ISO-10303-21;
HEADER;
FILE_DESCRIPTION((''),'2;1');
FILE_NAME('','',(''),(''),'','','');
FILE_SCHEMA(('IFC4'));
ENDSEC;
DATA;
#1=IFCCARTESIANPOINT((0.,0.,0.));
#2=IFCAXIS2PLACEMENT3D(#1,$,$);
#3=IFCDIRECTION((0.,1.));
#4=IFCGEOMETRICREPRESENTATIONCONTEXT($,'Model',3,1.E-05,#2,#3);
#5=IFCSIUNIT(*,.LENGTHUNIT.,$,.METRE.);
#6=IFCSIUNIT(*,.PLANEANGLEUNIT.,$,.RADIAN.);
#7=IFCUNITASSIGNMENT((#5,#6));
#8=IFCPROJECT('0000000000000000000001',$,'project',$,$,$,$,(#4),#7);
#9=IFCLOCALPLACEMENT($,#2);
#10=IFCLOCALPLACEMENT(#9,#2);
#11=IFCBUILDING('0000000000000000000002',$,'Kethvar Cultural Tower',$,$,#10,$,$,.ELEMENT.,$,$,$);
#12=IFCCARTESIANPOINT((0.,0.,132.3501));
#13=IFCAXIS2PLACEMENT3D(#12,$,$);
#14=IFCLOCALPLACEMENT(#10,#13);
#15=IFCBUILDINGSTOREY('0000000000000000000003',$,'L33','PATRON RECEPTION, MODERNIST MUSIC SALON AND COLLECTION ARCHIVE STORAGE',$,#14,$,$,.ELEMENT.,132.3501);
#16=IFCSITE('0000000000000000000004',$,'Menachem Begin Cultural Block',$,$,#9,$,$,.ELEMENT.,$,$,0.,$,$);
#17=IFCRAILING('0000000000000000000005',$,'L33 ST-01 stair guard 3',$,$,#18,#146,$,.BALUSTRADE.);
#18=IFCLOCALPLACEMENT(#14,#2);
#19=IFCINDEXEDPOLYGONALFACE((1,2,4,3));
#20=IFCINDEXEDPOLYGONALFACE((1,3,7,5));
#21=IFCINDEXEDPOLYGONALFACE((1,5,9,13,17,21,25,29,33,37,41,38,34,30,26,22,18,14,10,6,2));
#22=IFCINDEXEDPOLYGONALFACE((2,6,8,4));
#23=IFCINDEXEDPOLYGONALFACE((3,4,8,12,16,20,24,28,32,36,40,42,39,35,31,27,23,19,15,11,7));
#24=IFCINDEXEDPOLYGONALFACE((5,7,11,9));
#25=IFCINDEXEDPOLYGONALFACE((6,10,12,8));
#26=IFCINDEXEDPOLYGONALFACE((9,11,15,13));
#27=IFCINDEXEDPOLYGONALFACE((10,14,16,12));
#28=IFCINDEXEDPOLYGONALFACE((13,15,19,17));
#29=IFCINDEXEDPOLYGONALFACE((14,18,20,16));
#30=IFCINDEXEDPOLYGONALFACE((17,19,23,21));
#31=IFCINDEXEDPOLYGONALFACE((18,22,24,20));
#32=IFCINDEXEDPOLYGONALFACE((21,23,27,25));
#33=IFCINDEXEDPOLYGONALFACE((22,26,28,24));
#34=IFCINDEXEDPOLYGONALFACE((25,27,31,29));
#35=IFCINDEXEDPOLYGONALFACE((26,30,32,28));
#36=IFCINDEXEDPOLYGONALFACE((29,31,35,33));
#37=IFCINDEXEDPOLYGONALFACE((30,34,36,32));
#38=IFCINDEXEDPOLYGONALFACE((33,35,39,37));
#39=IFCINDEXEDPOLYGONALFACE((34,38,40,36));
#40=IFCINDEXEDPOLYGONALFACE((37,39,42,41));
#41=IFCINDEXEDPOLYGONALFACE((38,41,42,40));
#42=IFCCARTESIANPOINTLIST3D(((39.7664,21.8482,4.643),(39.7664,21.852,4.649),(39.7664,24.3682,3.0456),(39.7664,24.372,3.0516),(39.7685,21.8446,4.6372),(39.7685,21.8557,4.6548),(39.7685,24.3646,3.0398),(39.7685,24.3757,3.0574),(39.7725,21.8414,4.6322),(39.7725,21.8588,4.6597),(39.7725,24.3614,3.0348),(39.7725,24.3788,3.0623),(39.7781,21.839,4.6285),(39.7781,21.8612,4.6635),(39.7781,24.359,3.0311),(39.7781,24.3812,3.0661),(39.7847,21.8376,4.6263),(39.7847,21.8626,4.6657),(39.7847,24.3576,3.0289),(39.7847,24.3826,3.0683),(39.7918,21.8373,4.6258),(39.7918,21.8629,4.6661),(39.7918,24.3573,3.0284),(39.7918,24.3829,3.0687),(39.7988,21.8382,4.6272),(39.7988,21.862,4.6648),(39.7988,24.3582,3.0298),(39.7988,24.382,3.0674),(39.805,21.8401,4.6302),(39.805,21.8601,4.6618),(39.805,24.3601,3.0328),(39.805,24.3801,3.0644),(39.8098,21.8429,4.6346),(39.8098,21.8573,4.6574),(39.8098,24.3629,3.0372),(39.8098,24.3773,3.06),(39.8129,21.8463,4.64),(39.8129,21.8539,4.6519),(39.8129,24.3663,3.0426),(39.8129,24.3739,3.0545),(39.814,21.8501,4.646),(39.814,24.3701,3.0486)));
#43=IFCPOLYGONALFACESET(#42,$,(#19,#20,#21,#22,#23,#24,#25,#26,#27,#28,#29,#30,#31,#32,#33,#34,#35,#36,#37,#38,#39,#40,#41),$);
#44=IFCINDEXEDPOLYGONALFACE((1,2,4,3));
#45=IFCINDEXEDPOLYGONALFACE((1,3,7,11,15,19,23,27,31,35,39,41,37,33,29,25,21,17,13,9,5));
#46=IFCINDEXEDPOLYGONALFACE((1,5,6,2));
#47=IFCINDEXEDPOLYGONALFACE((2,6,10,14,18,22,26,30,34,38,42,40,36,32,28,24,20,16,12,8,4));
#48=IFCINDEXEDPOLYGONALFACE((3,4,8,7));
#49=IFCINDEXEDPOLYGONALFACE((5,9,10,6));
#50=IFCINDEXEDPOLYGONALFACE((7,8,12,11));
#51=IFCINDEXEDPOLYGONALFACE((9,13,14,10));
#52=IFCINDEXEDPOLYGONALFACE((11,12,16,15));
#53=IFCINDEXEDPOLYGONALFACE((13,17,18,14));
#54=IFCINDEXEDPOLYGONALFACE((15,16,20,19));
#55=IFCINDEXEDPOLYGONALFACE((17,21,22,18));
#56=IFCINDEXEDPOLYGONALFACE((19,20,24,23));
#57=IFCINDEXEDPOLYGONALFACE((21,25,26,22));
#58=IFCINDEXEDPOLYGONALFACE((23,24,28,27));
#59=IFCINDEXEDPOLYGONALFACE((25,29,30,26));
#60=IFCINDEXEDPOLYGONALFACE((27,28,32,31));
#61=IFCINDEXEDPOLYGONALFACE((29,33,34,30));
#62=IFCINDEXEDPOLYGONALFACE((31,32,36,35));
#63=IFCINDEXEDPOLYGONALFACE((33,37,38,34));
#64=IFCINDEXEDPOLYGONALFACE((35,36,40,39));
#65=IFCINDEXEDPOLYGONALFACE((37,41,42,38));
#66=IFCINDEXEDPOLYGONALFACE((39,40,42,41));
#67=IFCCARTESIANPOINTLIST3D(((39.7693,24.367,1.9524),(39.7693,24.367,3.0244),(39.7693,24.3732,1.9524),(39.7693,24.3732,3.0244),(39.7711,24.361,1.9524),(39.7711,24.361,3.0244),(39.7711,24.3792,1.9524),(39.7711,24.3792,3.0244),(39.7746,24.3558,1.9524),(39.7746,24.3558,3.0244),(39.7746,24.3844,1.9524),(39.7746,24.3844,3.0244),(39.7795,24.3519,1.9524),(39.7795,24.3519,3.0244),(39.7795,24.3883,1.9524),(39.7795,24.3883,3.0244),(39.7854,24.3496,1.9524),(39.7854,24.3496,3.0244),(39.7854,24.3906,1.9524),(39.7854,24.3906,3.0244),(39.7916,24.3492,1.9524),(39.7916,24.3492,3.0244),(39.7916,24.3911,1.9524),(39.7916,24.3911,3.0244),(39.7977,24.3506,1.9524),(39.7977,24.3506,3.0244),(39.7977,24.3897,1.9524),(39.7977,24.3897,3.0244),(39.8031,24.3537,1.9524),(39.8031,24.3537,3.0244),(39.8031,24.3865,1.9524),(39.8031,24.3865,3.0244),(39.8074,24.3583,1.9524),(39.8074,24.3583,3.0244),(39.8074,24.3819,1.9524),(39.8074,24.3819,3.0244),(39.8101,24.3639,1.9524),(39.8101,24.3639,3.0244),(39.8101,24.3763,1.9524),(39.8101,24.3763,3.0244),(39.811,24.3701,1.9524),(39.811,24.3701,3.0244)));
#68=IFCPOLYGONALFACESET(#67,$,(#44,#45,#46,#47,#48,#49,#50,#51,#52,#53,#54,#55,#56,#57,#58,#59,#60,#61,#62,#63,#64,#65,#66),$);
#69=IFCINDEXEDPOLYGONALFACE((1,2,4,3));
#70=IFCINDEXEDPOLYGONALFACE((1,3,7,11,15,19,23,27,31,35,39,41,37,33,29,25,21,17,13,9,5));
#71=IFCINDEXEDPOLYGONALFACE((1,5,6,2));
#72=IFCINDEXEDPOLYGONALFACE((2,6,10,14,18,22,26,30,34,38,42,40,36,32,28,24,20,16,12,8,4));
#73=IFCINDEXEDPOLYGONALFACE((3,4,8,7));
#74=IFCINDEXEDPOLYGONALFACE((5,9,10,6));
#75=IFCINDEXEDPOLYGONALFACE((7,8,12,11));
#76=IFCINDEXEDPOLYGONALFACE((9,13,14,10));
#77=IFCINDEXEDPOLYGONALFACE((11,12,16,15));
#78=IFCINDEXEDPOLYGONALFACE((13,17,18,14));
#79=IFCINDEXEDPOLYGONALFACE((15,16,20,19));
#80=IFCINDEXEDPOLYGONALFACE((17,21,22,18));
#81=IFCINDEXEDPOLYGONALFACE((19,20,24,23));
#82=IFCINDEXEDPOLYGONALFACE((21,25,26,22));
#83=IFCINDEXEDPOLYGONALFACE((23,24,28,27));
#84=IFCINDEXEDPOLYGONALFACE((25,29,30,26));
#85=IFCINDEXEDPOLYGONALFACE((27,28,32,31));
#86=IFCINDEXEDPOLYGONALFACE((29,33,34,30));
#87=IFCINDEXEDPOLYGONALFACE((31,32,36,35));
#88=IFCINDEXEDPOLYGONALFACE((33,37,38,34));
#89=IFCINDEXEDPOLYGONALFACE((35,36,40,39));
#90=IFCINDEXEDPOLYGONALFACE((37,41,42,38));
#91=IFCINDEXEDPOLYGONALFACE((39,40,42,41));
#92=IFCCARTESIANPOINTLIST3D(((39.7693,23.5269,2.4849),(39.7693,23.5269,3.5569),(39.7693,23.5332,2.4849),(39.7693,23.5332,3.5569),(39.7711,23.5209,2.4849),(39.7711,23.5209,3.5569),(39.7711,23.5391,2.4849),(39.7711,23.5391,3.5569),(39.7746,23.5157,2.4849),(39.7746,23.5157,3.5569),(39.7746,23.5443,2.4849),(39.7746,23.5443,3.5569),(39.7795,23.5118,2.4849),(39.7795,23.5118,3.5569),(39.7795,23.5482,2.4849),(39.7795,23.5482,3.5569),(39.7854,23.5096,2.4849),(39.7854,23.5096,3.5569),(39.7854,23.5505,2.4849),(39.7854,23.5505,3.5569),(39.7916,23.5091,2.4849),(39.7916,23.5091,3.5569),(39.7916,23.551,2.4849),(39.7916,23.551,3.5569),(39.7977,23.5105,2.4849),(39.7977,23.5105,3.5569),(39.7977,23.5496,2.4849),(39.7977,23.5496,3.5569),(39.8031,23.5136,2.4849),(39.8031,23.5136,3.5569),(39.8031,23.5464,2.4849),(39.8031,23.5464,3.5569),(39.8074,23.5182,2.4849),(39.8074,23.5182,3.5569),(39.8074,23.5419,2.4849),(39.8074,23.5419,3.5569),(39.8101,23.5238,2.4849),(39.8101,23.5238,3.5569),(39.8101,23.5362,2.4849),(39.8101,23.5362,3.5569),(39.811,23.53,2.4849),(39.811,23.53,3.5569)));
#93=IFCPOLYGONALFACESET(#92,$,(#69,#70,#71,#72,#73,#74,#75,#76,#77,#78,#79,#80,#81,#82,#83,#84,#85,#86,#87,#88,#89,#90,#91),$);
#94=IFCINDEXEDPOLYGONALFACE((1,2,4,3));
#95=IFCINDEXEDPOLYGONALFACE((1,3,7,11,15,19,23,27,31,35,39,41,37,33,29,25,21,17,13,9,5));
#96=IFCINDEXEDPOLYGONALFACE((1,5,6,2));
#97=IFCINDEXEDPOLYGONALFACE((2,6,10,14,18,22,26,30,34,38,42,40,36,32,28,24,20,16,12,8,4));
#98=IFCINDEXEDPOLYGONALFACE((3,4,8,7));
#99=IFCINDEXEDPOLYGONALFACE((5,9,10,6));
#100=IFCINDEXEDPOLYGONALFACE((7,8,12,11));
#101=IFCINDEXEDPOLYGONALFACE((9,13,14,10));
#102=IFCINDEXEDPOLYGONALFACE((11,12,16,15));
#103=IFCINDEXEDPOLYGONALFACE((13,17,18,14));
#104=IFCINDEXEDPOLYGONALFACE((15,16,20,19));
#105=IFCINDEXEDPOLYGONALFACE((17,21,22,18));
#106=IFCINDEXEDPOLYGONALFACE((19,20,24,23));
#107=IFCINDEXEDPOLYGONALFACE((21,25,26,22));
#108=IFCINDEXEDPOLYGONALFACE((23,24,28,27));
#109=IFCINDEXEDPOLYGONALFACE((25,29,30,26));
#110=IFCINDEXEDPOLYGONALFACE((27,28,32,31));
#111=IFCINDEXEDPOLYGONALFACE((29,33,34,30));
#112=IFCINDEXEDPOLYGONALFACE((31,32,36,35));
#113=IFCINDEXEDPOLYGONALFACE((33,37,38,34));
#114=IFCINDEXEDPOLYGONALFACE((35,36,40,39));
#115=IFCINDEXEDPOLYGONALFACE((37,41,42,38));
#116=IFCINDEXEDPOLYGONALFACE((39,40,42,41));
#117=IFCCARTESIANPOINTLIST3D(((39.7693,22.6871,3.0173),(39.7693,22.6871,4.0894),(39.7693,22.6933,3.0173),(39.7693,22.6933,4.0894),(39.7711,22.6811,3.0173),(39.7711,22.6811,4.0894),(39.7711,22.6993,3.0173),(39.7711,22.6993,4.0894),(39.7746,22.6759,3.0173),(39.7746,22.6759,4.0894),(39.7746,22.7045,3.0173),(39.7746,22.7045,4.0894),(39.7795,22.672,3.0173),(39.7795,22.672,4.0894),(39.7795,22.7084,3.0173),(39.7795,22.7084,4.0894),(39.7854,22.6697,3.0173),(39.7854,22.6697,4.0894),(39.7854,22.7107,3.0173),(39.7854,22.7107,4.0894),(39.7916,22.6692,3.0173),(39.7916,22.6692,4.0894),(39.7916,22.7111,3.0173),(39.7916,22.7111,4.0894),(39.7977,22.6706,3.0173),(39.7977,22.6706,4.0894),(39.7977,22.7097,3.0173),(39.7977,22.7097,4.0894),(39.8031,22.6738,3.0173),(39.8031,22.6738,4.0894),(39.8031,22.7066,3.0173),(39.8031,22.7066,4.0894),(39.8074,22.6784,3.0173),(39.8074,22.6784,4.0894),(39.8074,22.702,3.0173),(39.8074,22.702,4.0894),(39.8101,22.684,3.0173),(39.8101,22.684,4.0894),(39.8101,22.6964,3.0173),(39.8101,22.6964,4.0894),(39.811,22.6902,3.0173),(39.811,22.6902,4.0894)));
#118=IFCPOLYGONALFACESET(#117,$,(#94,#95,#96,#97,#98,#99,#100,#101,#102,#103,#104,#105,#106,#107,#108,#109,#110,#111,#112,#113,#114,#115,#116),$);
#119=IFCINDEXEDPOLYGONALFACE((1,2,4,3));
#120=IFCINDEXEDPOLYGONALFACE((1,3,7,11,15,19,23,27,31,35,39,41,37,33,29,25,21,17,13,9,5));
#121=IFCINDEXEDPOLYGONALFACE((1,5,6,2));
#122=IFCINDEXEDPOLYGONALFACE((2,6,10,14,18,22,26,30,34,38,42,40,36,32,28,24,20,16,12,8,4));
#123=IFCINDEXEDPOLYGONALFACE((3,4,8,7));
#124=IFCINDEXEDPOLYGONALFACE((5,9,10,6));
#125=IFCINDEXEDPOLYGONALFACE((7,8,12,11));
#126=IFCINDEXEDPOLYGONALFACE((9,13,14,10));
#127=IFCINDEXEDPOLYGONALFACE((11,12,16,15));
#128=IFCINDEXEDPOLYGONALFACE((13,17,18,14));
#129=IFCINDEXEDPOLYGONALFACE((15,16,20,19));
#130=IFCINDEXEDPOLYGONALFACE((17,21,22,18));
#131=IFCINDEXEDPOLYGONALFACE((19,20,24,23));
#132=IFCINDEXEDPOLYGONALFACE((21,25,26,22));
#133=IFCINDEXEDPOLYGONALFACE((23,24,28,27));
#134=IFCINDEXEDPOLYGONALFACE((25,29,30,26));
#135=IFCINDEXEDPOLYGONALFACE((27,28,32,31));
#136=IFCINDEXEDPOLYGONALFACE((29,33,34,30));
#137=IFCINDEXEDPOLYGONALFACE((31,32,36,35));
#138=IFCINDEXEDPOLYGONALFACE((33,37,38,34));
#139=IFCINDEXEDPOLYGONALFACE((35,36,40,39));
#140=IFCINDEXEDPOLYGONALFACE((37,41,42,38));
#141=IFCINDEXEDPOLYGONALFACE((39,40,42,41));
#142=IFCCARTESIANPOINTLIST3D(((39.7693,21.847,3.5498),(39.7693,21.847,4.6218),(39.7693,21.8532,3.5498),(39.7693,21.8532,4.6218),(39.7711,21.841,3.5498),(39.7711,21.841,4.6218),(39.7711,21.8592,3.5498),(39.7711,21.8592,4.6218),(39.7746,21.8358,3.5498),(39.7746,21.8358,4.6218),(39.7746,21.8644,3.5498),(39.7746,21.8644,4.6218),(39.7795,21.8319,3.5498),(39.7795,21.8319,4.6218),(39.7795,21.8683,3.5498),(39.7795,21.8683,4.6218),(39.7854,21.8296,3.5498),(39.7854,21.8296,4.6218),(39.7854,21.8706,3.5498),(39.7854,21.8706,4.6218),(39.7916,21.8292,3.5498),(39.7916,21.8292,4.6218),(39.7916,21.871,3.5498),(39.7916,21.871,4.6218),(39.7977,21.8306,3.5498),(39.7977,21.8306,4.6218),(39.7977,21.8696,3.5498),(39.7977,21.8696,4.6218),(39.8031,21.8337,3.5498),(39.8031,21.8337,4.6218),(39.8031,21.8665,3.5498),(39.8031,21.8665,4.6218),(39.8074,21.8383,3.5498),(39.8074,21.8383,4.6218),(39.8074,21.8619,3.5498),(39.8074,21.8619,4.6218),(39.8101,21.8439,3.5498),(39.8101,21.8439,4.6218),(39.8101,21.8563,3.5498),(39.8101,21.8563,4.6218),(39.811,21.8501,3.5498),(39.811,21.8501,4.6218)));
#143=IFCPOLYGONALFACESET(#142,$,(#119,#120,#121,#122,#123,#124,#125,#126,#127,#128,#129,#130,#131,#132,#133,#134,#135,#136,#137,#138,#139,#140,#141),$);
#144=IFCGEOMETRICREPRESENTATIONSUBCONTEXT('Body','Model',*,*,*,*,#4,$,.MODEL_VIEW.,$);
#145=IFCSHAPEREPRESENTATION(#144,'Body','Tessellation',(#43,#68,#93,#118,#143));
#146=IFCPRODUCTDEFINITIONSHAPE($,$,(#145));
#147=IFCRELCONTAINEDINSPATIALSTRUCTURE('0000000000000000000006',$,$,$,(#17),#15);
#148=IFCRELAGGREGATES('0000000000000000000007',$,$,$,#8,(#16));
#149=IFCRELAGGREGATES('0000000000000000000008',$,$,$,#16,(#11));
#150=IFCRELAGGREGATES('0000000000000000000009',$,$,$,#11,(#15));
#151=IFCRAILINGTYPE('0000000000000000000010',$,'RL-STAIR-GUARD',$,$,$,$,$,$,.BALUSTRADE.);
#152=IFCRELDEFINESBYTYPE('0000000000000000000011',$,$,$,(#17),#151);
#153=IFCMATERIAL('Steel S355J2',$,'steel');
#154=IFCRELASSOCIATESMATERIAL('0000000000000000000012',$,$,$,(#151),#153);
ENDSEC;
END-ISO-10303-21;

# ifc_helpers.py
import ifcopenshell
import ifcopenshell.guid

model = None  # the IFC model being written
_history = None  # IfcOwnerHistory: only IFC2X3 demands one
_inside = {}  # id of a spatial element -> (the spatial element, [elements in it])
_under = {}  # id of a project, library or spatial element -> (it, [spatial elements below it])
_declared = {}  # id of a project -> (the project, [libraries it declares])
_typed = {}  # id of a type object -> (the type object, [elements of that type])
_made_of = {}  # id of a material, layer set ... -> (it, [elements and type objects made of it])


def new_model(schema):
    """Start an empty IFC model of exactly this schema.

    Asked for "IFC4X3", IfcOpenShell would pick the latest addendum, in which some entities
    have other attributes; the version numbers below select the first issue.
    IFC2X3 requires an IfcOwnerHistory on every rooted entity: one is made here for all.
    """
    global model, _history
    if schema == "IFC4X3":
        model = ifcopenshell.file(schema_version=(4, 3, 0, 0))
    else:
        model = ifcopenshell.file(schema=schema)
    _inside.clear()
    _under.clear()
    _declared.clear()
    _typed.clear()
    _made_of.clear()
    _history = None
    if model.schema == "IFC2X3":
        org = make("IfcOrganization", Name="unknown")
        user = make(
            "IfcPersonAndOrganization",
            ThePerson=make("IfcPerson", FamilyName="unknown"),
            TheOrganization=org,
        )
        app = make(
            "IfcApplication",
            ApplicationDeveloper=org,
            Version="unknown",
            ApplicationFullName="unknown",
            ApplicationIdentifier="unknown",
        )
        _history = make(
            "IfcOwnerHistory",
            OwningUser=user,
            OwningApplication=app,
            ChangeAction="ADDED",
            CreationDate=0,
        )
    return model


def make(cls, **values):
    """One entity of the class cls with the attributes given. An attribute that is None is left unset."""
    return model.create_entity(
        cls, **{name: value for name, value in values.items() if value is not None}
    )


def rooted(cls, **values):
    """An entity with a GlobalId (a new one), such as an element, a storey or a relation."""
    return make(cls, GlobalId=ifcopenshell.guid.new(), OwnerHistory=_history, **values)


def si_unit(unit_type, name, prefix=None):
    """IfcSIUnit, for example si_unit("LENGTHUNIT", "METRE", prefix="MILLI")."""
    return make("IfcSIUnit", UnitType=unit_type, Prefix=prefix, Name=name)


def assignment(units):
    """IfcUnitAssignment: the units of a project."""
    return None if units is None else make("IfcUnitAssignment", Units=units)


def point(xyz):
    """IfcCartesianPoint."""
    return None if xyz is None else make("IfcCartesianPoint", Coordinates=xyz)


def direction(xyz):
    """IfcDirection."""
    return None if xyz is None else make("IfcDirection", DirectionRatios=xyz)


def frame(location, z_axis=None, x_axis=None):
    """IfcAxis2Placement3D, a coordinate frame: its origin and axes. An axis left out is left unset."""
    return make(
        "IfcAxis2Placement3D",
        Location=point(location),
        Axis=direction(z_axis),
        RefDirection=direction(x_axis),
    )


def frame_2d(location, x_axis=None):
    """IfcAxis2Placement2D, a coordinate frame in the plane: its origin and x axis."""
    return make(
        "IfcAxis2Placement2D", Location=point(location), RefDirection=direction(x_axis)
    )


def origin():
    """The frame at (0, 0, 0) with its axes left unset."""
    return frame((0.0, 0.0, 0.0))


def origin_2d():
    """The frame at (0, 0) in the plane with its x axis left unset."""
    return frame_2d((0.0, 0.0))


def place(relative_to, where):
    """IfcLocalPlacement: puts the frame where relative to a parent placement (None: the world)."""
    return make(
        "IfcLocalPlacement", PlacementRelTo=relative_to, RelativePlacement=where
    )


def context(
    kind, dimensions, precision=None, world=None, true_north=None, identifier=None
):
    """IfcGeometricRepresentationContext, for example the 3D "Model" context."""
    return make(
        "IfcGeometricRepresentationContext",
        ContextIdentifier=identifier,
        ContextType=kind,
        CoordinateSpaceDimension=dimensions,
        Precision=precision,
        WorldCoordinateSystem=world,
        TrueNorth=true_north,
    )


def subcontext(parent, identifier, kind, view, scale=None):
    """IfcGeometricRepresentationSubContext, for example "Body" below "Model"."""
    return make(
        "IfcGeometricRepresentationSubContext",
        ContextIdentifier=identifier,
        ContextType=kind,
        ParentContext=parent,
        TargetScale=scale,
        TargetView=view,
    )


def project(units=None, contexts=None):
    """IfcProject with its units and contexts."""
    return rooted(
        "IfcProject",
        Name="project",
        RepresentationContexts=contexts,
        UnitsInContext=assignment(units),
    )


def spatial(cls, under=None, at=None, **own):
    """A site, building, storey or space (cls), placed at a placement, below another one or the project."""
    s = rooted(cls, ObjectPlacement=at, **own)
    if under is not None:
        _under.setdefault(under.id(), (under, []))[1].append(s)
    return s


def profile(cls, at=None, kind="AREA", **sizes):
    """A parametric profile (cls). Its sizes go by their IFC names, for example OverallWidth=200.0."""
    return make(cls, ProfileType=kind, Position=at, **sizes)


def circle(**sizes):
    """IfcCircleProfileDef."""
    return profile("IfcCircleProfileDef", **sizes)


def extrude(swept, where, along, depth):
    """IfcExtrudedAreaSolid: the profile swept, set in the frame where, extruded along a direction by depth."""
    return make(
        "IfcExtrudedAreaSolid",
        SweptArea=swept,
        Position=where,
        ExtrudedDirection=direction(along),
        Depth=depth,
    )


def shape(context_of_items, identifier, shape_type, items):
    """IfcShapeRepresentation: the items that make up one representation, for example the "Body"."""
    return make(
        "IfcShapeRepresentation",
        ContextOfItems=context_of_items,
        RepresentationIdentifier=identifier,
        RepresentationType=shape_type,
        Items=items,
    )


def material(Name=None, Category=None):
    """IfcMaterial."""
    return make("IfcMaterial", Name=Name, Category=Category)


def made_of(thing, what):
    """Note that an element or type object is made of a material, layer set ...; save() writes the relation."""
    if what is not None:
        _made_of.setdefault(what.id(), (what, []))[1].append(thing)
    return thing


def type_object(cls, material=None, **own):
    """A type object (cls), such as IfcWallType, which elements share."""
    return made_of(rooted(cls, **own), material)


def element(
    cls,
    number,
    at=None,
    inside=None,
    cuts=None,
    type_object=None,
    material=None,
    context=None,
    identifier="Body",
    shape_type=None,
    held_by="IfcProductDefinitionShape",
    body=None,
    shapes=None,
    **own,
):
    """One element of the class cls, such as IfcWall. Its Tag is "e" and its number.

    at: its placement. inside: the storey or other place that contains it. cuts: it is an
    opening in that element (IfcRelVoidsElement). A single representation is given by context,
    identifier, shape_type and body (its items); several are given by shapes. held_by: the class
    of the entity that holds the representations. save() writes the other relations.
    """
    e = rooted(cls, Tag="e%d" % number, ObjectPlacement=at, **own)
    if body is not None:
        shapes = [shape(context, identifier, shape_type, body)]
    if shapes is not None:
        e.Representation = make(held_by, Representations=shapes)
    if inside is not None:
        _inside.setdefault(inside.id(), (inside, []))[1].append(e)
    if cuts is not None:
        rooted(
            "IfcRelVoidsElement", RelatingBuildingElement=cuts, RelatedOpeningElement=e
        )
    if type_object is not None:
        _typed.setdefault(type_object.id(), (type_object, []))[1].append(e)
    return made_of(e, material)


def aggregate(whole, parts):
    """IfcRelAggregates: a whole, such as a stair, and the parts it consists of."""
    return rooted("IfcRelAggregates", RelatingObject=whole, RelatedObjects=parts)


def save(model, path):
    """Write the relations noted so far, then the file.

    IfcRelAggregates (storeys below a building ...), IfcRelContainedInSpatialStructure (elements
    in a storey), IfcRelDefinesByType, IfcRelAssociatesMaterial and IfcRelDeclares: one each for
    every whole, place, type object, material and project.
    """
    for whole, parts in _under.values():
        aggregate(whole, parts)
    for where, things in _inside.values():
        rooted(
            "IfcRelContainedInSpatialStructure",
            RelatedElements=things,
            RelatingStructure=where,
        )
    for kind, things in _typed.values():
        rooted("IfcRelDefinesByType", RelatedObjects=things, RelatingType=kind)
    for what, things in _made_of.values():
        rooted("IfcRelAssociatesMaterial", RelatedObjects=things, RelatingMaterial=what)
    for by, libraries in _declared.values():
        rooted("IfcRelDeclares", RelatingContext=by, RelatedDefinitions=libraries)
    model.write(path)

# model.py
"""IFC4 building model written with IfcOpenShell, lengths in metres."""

from ifc_helpers import new_model, si_unit, direction, frame, origin, origin_2d, place, context, subcontext, project, spatial, circle, extrude, material, type_object, element, save


model = new_model("IFC4")

# Units and contexts
model_context = context("Model", 3, precision=1e-05, world=origin(), true_north=direction((0.0, 1.0)))
body_context = subcontext(model_context, "Body", "Model", "MODEL_VIEW")
ifc_project = project(units=[si_unit("LENGTHUNIT", "METRE"), si_unit("PLANEANGLEUNIT", "RADIAN")], contexts=[model_context])

# Site, building, storey
site_placement = place(None, origin())
site = spatial("IfcSite", under=ifc_project, at=site_placement, Name="Menachem Begin Cultural Block", CompositionType="ELEMENT", RefElevation=0.0)
building_placement = place(site_placement, origin())
building = spatial("IfcBuilding", under=site, at=building_placement, Name="Kethvar Cultural Tower", CompositionType="ELEMENT")
storey_placement = place(building_placement, frame((0.0, 0.0, 132.3501)))
storey = spatial("IfcBuildingStorey", under=building, at=storey_placement, Name="L33", Description="PATRON RECEPTION, MODERNIST MUSIC SALON AND COLLECTION ARCHIVE STORAGE", CompositionType="ELEMENT", Elevation=132.3501)

# Shared definitions
ifc_material_1 = material(Name="Steel S355J2", Category="steel")

# Railing
railing_type_1 = type_object("IfcRailingType", Name="RL-STAIR-GUARD", PredefinedType="BALUSTRADE", material=ifc_material_1)
railing_1_placement = place(storey_placement, frame((39.79, 24.3701, 1.9524)))
element("IfcRailing", 1, at=railing_1_placement, inside=storey, type_object=railing_type_1, Name="L33 ST-01 stair guard 3", PredefinedType="BALUSTRADE", context=body_context, shape_type="SweptSolid", body=[
    extrude(circle(Radius=0.0239, at=origin_2d()), frame((0.0, 0.0, 1.0962), z_axis=(0.0, -0.844607, 0.535387), x_axis=(1.0, 0.0, 0.0)), (0.0, 0.0, 1.0), 2.9836),
    extrude(circle(Radius=0.021, at=origin_2d()), origin(), (0.0, 0.0, 1.0), 1.072),
    extrude(circle(Radius=0.021, at=origin_2d()), frame((0.0, -0.8401, 0.5325)), (0.0, 0.0, 1.0), 1.072),
    extrude(circle(Radius=0.021, at=origin_2d()), frame((0.0, -1.6799, 1.0649)), (0.0, 0.0, 1.0), 1.072),
    extrude(circle(Radius=0.021, at=origin_2d()), frame((0.0, -2.52, 1.5974)), (0.0, 0.0, 1.0), 1.072),
])

save(model, "model.ifc")
